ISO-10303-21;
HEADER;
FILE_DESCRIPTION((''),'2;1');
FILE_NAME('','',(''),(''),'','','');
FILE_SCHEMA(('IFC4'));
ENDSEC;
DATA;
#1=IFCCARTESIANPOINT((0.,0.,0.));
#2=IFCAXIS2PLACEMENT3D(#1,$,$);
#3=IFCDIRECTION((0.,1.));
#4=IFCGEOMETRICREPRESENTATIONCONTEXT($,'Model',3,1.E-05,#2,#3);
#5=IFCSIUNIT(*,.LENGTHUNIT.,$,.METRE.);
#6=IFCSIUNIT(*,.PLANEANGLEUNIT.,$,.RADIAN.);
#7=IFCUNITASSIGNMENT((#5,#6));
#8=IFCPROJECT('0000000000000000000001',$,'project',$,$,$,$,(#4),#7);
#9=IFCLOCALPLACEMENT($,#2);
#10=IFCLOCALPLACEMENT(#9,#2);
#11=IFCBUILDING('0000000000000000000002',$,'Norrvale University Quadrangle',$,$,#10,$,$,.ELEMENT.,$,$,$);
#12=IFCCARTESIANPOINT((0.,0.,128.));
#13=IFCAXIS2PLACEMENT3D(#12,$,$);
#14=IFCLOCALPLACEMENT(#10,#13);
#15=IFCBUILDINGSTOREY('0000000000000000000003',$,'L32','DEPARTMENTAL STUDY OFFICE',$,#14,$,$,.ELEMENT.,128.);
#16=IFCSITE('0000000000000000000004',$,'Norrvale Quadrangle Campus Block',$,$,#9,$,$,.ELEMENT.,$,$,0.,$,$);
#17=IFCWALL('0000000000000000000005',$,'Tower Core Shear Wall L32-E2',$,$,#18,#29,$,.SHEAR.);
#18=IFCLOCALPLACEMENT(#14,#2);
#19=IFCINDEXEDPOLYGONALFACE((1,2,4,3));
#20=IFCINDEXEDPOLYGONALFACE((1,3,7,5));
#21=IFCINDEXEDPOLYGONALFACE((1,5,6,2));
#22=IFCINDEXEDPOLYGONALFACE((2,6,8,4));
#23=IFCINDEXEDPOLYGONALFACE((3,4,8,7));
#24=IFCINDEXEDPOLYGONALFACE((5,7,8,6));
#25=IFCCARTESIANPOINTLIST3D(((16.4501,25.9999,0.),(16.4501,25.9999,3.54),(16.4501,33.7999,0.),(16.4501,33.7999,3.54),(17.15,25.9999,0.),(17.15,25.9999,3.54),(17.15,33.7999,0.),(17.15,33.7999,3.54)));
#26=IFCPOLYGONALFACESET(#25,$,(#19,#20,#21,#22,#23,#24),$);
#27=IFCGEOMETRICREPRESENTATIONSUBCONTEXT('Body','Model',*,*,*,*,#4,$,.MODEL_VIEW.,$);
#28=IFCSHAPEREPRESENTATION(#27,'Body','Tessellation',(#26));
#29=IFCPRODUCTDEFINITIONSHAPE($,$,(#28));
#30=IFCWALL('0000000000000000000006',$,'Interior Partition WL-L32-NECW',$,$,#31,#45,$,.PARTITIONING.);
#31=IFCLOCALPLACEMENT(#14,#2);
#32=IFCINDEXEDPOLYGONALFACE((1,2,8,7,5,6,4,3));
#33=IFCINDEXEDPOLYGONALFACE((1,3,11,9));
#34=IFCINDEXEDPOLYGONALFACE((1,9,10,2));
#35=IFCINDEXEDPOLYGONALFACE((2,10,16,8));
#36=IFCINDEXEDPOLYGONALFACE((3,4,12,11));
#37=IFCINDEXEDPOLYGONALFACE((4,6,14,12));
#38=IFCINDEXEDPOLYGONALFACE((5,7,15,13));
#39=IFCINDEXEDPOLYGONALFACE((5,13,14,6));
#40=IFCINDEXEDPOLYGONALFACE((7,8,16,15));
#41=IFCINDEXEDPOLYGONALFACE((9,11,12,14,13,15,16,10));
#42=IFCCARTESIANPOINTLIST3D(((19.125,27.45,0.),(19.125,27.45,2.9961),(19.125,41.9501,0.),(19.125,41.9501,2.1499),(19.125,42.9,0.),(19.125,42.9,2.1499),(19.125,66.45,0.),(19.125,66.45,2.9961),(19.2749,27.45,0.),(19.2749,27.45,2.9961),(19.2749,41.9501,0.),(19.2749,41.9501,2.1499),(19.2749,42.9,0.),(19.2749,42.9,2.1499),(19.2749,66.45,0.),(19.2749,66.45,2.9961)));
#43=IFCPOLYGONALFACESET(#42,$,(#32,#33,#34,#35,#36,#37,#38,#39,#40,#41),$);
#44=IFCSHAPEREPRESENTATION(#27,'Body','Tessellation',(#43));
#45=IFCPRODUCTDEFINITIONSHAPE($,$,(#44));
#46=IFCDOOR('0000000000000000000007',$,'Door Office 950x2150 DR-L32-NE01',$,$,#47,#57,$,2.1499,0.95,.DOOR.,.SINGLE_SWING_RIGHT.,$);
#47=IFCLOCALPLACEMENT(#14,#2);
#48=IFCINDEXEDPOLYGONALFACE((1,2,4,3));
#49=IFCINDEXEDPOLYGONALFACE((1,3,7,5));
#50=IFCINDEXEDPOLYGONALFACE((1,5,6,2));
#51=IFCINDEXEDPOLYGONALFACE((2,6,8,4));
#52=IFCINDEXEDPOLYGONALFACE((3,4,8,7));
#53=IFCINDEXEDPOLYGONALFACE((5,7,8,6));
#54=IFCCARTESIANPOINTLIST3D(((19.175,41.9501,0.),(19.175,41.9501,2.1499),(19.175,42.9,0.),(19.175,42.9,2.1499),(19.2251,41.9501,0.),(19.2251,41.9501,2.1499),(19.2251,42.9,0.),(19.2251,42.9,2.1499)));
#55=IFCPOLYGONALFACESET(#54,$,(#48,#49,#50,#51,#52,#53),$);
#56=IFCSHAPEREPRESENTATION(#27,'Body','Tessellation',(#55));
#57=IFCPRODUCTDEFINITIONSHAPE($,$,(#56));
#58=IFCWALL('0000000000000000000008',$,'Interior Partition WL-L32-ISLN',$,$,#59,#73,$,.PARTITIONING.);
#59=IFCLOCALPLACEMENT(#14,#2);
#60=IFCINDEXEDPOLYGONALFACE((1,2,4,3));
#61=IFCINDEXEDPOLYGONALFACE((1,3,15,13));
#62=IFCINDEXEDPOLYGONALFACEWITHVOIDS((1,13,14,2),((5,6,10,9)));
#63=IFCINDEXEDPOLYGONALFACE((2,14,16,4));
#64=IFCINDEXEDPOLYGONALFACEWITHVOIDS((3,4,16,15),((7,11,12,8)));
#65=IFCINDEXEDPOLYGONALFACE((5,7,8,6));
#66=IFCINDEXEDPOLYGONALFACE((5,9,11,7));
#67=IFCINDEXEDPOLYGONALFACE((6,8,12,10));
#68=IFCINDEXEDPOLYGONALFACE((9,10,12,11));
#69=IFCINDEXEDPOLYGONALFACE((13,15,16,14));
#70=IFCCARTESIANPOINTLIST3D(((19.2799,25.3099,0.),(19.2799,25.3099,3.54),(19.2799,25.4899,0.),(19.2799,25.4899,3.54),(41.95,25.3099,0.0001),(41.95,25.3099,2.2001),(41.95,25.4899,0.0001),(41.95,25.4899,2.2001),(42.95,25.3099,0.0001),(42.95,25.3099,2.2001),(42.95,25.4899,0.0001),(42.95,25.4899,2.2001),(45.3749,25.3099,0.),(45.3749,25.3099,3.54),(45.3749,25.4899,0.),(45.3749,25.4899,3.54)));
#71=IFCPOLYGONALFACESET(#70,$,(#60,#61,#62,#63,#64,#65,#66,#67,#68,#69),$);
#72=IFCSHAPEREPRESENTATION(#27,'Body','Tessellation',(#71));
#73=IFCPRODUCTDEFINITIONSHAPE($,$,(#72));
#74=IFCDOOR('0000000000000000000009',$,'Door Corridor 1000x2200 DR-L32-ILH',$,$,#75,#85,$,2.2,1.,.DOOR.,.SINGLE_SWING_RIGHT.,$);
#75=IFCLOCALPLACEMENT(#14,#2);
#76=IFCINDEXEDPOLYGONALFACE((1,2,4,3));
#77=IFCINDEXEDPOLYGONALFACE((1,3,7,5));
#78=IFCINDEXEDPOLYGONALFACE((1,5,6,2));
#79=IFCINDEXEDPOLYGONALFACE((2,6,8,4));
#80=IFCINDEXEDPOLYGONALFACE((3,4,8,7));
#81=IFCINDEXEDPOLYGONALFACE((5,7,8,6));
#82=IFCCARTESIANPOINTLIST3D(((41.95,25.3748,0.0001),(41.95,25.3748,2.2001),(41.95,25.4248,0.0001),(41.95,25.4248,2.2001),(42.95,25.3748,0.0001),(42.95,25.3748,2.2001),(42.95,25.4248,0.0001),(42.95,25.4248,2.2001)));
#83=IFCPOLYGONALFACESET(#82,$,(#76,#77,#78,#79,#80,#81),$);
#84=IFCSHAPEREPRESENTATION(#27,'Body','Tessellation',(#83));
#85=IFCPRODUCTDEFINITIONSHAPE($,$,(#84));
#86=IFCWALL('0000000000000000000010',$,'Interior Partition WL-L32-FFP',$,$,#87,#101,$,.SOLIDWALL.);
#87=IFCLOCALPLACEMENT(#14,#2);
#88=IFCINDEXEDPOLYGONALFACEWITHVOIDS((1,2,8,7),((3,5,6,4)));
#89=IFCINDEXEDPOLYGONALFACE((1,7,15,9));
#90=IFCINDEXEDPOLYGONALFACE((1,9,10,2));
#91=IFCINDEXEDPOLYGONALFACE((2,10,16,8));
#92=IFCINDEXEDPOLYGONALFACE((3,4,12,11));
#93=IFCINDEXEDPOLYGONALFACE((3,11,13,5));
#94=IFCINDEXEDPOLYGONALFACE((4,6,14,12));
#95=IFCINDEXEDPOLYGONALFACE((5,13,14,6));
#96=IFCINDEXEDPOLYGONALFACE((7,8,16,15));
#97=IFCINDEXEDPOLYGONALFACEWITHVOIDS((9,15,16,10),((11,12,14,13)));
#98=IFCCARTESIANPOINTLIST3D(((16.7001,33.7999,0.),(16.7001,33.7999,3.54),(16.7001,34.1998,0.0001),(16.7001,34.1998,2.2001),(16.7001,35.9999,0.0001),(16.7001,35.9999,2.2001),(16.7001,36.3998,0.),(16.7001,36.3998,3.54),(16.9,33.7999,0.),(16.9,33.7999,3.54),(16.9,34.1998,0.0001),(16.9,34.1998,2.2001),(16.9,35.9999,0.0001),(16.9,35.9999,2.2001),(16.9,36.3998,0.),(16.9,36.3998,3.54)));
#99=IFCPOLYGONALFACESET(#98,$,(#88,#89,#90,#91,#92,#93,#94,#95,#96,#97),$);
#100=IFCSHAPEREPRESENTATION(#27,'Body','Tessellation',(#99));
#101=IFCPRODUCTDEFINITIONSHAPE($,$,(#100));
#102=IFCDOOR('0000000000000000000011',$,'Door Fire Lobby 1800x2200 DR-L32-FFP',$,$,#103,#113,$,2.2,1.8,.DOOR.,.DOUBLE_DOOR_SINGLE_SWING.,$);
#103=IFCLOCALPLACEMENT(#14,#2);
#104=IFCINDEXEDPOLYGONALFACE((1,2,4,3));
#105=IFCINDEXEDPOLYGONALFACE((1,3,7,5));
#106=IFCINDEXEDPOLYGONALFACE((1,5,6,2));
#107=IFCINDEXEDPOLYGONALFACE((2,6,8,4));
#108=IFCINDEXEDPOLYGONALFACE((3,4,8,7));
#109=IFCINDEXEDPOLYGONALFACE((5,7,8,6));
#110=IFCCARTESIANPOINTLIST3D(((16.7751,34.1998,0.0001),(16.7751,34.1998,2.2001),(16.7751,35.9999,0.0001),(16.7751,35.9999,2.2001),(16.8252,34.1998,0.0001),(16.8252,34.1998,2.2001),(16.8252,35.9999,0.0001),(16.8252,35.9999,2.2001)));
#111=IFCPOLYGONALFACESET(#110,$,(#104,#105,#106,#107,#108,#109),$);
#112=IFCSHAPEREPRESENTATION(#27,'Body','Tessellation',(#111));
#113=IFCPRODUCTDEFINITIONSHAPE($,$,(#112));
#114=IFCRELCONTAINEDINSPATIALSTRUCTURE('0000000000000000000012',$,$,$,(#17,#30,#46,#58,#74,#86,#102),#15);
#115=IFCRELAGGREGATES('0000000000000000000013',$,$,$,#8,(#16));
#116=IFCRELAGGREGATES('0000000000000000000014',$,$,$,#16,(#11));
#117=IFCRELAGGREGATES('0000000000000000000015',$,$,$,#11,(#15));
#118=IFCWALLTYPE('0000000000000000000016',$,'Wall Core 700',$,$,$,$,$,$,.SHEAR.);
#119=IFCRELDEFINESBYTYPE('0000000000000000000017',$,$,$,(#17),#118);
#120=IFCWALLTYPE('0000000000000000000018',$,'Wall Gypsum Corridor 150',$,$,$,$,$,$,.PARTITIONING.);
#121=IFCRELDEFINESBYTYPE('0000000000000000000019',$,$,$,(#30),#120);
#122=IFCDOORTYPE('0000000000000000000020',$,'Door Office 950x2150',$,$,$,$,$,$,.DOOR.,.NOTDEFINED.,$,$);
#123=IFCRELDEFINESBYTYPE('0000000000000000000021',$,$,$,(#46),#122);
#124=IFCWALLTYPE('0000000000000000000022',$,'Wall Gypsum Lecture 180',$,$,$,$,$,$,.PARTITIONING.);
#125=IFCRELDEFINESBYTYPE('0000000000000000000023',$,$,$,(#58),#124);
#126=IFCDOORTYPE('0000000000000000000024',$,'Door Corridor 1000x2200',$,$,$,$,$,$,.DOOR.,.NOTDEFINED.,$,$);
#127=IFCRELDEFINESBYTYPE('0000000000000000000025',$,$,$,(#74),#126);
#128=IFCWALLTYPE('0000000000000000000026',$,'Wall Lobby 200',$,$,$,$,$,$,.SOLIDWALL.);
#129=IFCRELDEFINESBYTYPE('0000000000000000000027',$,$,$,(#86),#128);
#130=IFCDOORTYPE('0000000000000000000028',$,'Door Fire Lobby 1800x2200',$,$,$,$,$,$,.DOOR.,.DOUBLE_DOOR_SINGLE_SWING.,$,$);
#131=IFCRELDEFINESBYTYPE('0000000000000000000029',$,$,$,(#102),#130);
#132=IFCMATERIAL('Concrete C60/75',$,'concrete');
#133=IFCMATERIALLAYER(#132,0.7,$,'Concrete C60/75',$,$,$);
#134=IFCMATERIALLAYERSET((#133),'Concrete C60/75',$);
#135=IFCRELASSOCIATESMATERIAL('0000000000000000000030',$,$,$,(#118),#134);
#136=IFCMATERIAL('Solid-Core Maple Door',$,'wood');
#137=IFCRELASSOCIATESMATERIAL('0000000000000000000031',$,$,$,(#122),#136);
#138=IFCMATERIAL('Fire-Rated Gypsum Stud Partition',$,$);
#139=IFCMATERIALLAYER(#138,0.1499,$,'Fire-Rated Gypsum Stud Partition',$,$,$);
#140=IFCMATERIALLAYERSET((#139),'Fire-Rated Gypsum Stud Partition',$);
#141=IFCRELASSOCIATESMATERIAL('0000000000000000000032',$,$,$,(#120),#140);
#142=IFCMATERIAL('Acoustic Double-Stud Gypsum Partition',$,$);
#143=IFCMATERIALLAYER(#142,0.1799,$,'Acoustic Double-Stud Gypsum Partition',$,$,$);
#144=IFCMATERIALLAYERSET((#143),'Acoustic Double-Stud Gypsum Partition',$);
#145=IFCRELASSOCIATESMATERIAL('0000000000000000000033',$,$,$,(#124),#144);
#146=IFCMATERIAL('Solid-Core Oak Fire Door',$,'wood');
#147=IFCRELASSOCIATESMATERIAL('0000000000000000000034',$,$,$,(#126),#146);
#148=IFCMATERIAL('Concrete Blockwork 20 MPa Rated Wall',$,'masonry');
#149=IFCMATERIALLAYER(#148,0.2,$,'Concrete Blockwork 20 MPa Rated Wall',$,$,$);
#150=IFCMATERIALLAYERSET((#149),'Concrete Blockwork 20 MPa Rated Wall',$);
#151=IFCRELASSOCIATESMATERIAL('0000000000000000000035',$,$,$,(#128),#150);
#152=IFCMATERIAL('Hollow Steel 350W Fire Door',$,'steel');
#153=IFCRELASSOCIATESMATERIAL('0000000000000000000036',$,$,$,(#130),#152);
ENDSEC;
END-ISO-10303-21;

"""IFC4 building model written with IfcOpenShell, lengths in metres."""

from ifc_helpers import new_model, si_unit, direction, frame, frame_2d, origin, place, context, subcontext, project, spatial, rectangle, extrude, material, layer, layer_set, type_object, element, fill, save


model = new_model("IFC4")

# Units and contexts
model_context = context("Model", 3, precision=1e-05, world=origin(), true_north=direction((0.0, 1.0)))
body_context = subcontext(model_context, "Body", "Model", "MODEL_VIEW")
ifc_project = project(units=[si_unit("LENGTHUNIT", "METRE"), si_unit("PLANEANGLEUNIT", "RADIAN")], contexts=[model_context])

# Site, building, storey
site_placement = place(None, origin())
site = spatial("IfcSite", under=ifc_project, at=site_placement, Name="Norrvale Quadrangle Campus Block", CompositionType="ELEMENT", RefElevation=0.0)
building_placement = place(site_placement, origin())
building = spatial("IfcBuilding", under=site, at=building_placement, Name="Norrvale University Quadrangle", CompositionType="ELEMENT")
storey_placement = place(building_placement, frame((0.0, 0.0, 128.0)))
storey = spatial("IfcBuildingStorey", under=building, at=storey_placement, Name="L32", Description="DEPARTMENTAL STUDY OFFICE", CompositionType="ELEMENT", Elevation=128.0)

# Shared definitions
ifc_material_1 = material(Name="Concrete C60/75", Category="concrete")

# Wall
ifc_layer_1 = layer(ifc_material_1, 0.7, Name="Concrete C60/75")
ifc_layer_set_1 = layer_set([ifc_layer_1], Name="Concrete C60/75")
wall_type_1 = type_object("IfcWallType", Name="Wall Core 700", PredefinedType="SHEAR", material=ifc_layer_set_1)
wall_1_placement = place(storey_placement, frame((16.8, 26.0, 0.0), z_axis=(0.0, 0.0, 1.0), x_axis=(0.0, 1.0, 0.0)))
element("IfcWall", 1, at=wall_1_placement, inside=storey, type_object=wall_type_1, Name="Tower Core Shear Wall L32-E2", PredefinedType="SHEAR", context=body_context, shape_type="SweptSolid", body=[
    extrude(rectangle(XDim=7.8, YDim=0.7, at=frame_2d((3.8999, 0.0))), origin(), (0.0, 0.0, 1.0), 3.54),
])

# Walls, openings, doors
ifc_material_2 = material(Name="Solid-Core Maple Door", Category="wood")
door_type_1 = type_object("IfcDoorType", Name="Door Office 950x2150", OperationType="NOTDEFINED", PredefinedType="DOOR", material=ifc_material_2)
ifc_material_3 = material(Name="Fire-Rated Gypsum Stud Partition")
ifc_layer_2 = layer(ifc_material_3, 0.1499, Name="Fire-Rated Gypsum Stud Partition")
ifc_layer_set_2 = layer_set([ifc_layer_2], Name="Fire-Rated Gypsum Stud Partition")
wall_type_2 = type_object("IfcWallType", Name="Wall Gypsum Corridor 150", PredefinedType="PARTITIONING", material=ifc_layer_set_2)
wall_2_placement = place(storey_placement, frame((19.2, 27.45, 0.0), z_axis=(0.0, 0.0, 1.0), x_axis=(0.0, 1.0, 0.0)))
wall_2 = element("IfcWall", 2, at=wall_2_placement, inside=storey, type_object=wall_type_2, Name="Interior Partition WL-L32-NECW", PredefinedType="PARTITIONING", context=body_context, shape_type="SweptSolid", body=[
    extrude(rectangle(XDim=39.0, YDim=0.1499, at=frame_2d((19.5, 0.0))), origin(), (0.0, 0.0, 1.0), 2.9961),
])
opening_1_placement = place(wall_2_placement, frame((14.5, 0.0, 0.0)))
opening_1 = element("IfcOpeningElement", 3, at=opening_1_placement, cuts=wall_2, PredefinedType="OPENING", context=body_context, shape_type="SweptSolid", body=[
    extrude(rectangle(XDim=0.95, YDim=2.1499, at=frame_2d((0.4751, 1.075))), frame((0.0, 0.0869, 0.0), z_axis=(0.0, -1.0, 0.0), x_axis=(1.0, 0.0, 0.0)), (0.0, 0.0, 1.0), 0.1738),
])
door_1_placement = place(opening_1_placement, origin())
door_1 = element("IfcDoor", 4, at=door_1_placement, inside=storey, type_object=door_type_1, Name="Door Office 950x2150 DR-L32-NE01", OperationType="SINGLE_SWING_RIGHT", OverallHeight=2.1499, OverallWidth=0.95, PredefinedType="DOOR", context=body_context, shape_type="SweptSolid", body=[
    extrude(rectangle(XDim=0.95, YDim=2.1499, at=frame_2d((0.4751, 1.075))), frame((0.0, 0.0249, 0.0), z_axis=(0.0, -1.0, 0.0), x_axis=(1.0, 0.0, 0.0)), (0.0, 0.0, 1.0), 0.05),
])
fill(opening_1, door_1)
ifc_material_4 = material(Name="Acoustic Double-Stud Gypsum Partition")
ifc_layer_3 = layer(ifc_material_4, 0.1799, Name="Acoustic Double-Stud Gypsum Partition")
ifc_layer_set_3 = layer_set([ifc_layer_3], Name="Acoustic Double-Stud Gypsum Partition")
wall_type_3 = type_object("IfcWallType", Name="Wall Gypsum Lecture 180", PredefinedType="PARTITIONING", material=ifc_layer_set_3)
wall_3_placement = place(storey_placement, frame((19.28, 25.3999, 0.0), z_axis=(0.0, 0.0, 1.0), x_axis=(1.0, 0.0, 0.0)))
wall_3 = element("IfcWall", 5, at=wall_3_placement, inside=storey, type_object=wall_type_3, Name="Interior Partition WL-L32-ISLN", PredefinedType="PARTITIONING", context=body_context, shape_type="SweptSolid", body=[
    extrude(rectangle(XDim=26.095, YDim=0.1799, at=frame_2d((13.0474, 0.0))), origin(), (0.0, 0.0, 1.0), 3.54),
])
opening_2_placement = place(wall_3_placement, frame((22.6699, 0.0, 0.0)))
opening_2 = element("IfcOpeningElement", 6, at=opening_2_placement, cuts=wall_3, PredefinedType="OPENING", context=body_context, shape_type="SweptSolid", body=[
    extrude(rectangle(XDim=1.0, YDim=2.2, at=frame_2d((0.5, 1.1001))), frame((0.0, 0.1021, 0.0), z_axis=(0.0, -1.0, 0.0), x_axis=(1.0, 0.0, 0.0)), (0.0, 0.0, 1.0), 0.2039),
])
ifc_material_5 = material(Name="Solid-Core Oak Fire Door", Category="wood")
door_type_2 = type_object("IfcDoorType", Name="Door Corridor 1000x2200", OperationType="NOTDEFINED", PredefinedType="DOOR", material=ifc_material_5)
door_2_placement = place(opening_2_placement, origin())
door_2 = element("IfcDoor", 7, at=door_2_placement, inside=storey, type_object=door_type_2, Name="Door Corridor 1000x2200 DR-L32-ILH", OperationType="SINGLE_SWING_RIGHT", OverallHeight=2.2, OverallWidth=1.0, PredefinedType="DOOR", context=body_context, shape_type="SweptSolid", body=[
    extrude(rectangle(XDim=1.0, YDim=2.2, at=frame_2d((0.5, 1.1001))), frame((0.0, 0.0249, 0.0), z_axis=(0.0, -1.0, 0.0), x_axis=(1.0, 0.0, 0.0)), (0.0, 0.0, 1.0), 0.05),
])
fill(opening_2, door_2)
ifc_material_6 = material(Name="Concrete Blockwork 20 MPa Rated Wall", Category="masonry")
ifc_layer_4 = layer(ifc_material_6, 0.2, Name="Concrete Blockwork 20 MPa Rated Wall")
ifc_layer_set_4 = layer_set([ifc_layer_4], Name="Concrete Blockwork 20 MPa Rated Wall")
wall_type_4 = type_object("IfcWallType", Name="Wall Lobby 200", PredefinedType="SOLIDWALL", material=ifc_layer_set_4)
wall_4_placement = place(storey_placement, frame((16.8, 33.8, 0.0), z_axis=(0.0, 0.0, 1.0), x_axis=(0.0, 1.0, 0.0)))
wall_4 = element("IfcWall", 8, at=wall_4_placement, inside=storey, type_object=wall_type_4, Name="Interior Partition WL-L32-FFP", PredefinedType="SOLIDWALL", context=body_context, shape_type="SweptSolid", body=[
    extrude(rectangle(XDim=2.5999, YDim=0.2, at=frame_2d((1.2998, 0.0))), origin(), (0.0, 0.0, 1.0), 3.54),
])
opening_3_placement = place(wall_4_placement, frame((0.3999, 0.0, 0.0)))
opening_3 = element("IfcOpeningElement", 9, at=opening_3_placement, cuts=wall_4, PredefinedType="OPENING", context=body_context, shape_type="SweptSolid", body=[
    extrude(rectangle(XDim=1.8, YDim=2.2, at=frame_2d((0.8999, 1.1001))), frame((0.0, 0.1121, 0.0), z_axis=(0.0, -1.0, 0.0), x_axis=(1.0, 0.0, 0.0)), (0.0, 0.0, 1.0), 0.2239),
])
ifc_material_7 = material(Name="Hollow Steel 350W Fire Door", Category="steel")
door_type_3 = type_object("IfcDoorType", Name="Door Fire Lobby 1800x2200", OperationType="DOUBLE_DOOR_SINGLE_SWING", PredefinedType="DOOR", material=ifc_material_7)
door_3_placement = place(opening_3_placement, origin())
door_3 = element("IfcDoor", 10, at=door_3_placement, inside=storey, type_object=door_type_3, Name="Door Fire Lobby 1800x2200 DR-L32-FFP", OperationType="DOUBLE_DOOR_SINGLE_SWING", OverallHeight=2.2, OverallWidth=1.8, PredefinedType="DOOR", context=body_context, shape_type="SweptSolid", body=[
    extrude(rectangle(XDim=1.8, YDim=2.2, at=frame_2d((0.8999, 1.1001))), frame((0.0, 0.0249, 0.0), z_axis=(0.0, -1.0, 0.0), x_axis=(1.0, 0.0, 0.0)), (0.0, 0.0, 1.0), 0.05),
])
fill(opening_3, door_3)

save(model, "model.ifc")
